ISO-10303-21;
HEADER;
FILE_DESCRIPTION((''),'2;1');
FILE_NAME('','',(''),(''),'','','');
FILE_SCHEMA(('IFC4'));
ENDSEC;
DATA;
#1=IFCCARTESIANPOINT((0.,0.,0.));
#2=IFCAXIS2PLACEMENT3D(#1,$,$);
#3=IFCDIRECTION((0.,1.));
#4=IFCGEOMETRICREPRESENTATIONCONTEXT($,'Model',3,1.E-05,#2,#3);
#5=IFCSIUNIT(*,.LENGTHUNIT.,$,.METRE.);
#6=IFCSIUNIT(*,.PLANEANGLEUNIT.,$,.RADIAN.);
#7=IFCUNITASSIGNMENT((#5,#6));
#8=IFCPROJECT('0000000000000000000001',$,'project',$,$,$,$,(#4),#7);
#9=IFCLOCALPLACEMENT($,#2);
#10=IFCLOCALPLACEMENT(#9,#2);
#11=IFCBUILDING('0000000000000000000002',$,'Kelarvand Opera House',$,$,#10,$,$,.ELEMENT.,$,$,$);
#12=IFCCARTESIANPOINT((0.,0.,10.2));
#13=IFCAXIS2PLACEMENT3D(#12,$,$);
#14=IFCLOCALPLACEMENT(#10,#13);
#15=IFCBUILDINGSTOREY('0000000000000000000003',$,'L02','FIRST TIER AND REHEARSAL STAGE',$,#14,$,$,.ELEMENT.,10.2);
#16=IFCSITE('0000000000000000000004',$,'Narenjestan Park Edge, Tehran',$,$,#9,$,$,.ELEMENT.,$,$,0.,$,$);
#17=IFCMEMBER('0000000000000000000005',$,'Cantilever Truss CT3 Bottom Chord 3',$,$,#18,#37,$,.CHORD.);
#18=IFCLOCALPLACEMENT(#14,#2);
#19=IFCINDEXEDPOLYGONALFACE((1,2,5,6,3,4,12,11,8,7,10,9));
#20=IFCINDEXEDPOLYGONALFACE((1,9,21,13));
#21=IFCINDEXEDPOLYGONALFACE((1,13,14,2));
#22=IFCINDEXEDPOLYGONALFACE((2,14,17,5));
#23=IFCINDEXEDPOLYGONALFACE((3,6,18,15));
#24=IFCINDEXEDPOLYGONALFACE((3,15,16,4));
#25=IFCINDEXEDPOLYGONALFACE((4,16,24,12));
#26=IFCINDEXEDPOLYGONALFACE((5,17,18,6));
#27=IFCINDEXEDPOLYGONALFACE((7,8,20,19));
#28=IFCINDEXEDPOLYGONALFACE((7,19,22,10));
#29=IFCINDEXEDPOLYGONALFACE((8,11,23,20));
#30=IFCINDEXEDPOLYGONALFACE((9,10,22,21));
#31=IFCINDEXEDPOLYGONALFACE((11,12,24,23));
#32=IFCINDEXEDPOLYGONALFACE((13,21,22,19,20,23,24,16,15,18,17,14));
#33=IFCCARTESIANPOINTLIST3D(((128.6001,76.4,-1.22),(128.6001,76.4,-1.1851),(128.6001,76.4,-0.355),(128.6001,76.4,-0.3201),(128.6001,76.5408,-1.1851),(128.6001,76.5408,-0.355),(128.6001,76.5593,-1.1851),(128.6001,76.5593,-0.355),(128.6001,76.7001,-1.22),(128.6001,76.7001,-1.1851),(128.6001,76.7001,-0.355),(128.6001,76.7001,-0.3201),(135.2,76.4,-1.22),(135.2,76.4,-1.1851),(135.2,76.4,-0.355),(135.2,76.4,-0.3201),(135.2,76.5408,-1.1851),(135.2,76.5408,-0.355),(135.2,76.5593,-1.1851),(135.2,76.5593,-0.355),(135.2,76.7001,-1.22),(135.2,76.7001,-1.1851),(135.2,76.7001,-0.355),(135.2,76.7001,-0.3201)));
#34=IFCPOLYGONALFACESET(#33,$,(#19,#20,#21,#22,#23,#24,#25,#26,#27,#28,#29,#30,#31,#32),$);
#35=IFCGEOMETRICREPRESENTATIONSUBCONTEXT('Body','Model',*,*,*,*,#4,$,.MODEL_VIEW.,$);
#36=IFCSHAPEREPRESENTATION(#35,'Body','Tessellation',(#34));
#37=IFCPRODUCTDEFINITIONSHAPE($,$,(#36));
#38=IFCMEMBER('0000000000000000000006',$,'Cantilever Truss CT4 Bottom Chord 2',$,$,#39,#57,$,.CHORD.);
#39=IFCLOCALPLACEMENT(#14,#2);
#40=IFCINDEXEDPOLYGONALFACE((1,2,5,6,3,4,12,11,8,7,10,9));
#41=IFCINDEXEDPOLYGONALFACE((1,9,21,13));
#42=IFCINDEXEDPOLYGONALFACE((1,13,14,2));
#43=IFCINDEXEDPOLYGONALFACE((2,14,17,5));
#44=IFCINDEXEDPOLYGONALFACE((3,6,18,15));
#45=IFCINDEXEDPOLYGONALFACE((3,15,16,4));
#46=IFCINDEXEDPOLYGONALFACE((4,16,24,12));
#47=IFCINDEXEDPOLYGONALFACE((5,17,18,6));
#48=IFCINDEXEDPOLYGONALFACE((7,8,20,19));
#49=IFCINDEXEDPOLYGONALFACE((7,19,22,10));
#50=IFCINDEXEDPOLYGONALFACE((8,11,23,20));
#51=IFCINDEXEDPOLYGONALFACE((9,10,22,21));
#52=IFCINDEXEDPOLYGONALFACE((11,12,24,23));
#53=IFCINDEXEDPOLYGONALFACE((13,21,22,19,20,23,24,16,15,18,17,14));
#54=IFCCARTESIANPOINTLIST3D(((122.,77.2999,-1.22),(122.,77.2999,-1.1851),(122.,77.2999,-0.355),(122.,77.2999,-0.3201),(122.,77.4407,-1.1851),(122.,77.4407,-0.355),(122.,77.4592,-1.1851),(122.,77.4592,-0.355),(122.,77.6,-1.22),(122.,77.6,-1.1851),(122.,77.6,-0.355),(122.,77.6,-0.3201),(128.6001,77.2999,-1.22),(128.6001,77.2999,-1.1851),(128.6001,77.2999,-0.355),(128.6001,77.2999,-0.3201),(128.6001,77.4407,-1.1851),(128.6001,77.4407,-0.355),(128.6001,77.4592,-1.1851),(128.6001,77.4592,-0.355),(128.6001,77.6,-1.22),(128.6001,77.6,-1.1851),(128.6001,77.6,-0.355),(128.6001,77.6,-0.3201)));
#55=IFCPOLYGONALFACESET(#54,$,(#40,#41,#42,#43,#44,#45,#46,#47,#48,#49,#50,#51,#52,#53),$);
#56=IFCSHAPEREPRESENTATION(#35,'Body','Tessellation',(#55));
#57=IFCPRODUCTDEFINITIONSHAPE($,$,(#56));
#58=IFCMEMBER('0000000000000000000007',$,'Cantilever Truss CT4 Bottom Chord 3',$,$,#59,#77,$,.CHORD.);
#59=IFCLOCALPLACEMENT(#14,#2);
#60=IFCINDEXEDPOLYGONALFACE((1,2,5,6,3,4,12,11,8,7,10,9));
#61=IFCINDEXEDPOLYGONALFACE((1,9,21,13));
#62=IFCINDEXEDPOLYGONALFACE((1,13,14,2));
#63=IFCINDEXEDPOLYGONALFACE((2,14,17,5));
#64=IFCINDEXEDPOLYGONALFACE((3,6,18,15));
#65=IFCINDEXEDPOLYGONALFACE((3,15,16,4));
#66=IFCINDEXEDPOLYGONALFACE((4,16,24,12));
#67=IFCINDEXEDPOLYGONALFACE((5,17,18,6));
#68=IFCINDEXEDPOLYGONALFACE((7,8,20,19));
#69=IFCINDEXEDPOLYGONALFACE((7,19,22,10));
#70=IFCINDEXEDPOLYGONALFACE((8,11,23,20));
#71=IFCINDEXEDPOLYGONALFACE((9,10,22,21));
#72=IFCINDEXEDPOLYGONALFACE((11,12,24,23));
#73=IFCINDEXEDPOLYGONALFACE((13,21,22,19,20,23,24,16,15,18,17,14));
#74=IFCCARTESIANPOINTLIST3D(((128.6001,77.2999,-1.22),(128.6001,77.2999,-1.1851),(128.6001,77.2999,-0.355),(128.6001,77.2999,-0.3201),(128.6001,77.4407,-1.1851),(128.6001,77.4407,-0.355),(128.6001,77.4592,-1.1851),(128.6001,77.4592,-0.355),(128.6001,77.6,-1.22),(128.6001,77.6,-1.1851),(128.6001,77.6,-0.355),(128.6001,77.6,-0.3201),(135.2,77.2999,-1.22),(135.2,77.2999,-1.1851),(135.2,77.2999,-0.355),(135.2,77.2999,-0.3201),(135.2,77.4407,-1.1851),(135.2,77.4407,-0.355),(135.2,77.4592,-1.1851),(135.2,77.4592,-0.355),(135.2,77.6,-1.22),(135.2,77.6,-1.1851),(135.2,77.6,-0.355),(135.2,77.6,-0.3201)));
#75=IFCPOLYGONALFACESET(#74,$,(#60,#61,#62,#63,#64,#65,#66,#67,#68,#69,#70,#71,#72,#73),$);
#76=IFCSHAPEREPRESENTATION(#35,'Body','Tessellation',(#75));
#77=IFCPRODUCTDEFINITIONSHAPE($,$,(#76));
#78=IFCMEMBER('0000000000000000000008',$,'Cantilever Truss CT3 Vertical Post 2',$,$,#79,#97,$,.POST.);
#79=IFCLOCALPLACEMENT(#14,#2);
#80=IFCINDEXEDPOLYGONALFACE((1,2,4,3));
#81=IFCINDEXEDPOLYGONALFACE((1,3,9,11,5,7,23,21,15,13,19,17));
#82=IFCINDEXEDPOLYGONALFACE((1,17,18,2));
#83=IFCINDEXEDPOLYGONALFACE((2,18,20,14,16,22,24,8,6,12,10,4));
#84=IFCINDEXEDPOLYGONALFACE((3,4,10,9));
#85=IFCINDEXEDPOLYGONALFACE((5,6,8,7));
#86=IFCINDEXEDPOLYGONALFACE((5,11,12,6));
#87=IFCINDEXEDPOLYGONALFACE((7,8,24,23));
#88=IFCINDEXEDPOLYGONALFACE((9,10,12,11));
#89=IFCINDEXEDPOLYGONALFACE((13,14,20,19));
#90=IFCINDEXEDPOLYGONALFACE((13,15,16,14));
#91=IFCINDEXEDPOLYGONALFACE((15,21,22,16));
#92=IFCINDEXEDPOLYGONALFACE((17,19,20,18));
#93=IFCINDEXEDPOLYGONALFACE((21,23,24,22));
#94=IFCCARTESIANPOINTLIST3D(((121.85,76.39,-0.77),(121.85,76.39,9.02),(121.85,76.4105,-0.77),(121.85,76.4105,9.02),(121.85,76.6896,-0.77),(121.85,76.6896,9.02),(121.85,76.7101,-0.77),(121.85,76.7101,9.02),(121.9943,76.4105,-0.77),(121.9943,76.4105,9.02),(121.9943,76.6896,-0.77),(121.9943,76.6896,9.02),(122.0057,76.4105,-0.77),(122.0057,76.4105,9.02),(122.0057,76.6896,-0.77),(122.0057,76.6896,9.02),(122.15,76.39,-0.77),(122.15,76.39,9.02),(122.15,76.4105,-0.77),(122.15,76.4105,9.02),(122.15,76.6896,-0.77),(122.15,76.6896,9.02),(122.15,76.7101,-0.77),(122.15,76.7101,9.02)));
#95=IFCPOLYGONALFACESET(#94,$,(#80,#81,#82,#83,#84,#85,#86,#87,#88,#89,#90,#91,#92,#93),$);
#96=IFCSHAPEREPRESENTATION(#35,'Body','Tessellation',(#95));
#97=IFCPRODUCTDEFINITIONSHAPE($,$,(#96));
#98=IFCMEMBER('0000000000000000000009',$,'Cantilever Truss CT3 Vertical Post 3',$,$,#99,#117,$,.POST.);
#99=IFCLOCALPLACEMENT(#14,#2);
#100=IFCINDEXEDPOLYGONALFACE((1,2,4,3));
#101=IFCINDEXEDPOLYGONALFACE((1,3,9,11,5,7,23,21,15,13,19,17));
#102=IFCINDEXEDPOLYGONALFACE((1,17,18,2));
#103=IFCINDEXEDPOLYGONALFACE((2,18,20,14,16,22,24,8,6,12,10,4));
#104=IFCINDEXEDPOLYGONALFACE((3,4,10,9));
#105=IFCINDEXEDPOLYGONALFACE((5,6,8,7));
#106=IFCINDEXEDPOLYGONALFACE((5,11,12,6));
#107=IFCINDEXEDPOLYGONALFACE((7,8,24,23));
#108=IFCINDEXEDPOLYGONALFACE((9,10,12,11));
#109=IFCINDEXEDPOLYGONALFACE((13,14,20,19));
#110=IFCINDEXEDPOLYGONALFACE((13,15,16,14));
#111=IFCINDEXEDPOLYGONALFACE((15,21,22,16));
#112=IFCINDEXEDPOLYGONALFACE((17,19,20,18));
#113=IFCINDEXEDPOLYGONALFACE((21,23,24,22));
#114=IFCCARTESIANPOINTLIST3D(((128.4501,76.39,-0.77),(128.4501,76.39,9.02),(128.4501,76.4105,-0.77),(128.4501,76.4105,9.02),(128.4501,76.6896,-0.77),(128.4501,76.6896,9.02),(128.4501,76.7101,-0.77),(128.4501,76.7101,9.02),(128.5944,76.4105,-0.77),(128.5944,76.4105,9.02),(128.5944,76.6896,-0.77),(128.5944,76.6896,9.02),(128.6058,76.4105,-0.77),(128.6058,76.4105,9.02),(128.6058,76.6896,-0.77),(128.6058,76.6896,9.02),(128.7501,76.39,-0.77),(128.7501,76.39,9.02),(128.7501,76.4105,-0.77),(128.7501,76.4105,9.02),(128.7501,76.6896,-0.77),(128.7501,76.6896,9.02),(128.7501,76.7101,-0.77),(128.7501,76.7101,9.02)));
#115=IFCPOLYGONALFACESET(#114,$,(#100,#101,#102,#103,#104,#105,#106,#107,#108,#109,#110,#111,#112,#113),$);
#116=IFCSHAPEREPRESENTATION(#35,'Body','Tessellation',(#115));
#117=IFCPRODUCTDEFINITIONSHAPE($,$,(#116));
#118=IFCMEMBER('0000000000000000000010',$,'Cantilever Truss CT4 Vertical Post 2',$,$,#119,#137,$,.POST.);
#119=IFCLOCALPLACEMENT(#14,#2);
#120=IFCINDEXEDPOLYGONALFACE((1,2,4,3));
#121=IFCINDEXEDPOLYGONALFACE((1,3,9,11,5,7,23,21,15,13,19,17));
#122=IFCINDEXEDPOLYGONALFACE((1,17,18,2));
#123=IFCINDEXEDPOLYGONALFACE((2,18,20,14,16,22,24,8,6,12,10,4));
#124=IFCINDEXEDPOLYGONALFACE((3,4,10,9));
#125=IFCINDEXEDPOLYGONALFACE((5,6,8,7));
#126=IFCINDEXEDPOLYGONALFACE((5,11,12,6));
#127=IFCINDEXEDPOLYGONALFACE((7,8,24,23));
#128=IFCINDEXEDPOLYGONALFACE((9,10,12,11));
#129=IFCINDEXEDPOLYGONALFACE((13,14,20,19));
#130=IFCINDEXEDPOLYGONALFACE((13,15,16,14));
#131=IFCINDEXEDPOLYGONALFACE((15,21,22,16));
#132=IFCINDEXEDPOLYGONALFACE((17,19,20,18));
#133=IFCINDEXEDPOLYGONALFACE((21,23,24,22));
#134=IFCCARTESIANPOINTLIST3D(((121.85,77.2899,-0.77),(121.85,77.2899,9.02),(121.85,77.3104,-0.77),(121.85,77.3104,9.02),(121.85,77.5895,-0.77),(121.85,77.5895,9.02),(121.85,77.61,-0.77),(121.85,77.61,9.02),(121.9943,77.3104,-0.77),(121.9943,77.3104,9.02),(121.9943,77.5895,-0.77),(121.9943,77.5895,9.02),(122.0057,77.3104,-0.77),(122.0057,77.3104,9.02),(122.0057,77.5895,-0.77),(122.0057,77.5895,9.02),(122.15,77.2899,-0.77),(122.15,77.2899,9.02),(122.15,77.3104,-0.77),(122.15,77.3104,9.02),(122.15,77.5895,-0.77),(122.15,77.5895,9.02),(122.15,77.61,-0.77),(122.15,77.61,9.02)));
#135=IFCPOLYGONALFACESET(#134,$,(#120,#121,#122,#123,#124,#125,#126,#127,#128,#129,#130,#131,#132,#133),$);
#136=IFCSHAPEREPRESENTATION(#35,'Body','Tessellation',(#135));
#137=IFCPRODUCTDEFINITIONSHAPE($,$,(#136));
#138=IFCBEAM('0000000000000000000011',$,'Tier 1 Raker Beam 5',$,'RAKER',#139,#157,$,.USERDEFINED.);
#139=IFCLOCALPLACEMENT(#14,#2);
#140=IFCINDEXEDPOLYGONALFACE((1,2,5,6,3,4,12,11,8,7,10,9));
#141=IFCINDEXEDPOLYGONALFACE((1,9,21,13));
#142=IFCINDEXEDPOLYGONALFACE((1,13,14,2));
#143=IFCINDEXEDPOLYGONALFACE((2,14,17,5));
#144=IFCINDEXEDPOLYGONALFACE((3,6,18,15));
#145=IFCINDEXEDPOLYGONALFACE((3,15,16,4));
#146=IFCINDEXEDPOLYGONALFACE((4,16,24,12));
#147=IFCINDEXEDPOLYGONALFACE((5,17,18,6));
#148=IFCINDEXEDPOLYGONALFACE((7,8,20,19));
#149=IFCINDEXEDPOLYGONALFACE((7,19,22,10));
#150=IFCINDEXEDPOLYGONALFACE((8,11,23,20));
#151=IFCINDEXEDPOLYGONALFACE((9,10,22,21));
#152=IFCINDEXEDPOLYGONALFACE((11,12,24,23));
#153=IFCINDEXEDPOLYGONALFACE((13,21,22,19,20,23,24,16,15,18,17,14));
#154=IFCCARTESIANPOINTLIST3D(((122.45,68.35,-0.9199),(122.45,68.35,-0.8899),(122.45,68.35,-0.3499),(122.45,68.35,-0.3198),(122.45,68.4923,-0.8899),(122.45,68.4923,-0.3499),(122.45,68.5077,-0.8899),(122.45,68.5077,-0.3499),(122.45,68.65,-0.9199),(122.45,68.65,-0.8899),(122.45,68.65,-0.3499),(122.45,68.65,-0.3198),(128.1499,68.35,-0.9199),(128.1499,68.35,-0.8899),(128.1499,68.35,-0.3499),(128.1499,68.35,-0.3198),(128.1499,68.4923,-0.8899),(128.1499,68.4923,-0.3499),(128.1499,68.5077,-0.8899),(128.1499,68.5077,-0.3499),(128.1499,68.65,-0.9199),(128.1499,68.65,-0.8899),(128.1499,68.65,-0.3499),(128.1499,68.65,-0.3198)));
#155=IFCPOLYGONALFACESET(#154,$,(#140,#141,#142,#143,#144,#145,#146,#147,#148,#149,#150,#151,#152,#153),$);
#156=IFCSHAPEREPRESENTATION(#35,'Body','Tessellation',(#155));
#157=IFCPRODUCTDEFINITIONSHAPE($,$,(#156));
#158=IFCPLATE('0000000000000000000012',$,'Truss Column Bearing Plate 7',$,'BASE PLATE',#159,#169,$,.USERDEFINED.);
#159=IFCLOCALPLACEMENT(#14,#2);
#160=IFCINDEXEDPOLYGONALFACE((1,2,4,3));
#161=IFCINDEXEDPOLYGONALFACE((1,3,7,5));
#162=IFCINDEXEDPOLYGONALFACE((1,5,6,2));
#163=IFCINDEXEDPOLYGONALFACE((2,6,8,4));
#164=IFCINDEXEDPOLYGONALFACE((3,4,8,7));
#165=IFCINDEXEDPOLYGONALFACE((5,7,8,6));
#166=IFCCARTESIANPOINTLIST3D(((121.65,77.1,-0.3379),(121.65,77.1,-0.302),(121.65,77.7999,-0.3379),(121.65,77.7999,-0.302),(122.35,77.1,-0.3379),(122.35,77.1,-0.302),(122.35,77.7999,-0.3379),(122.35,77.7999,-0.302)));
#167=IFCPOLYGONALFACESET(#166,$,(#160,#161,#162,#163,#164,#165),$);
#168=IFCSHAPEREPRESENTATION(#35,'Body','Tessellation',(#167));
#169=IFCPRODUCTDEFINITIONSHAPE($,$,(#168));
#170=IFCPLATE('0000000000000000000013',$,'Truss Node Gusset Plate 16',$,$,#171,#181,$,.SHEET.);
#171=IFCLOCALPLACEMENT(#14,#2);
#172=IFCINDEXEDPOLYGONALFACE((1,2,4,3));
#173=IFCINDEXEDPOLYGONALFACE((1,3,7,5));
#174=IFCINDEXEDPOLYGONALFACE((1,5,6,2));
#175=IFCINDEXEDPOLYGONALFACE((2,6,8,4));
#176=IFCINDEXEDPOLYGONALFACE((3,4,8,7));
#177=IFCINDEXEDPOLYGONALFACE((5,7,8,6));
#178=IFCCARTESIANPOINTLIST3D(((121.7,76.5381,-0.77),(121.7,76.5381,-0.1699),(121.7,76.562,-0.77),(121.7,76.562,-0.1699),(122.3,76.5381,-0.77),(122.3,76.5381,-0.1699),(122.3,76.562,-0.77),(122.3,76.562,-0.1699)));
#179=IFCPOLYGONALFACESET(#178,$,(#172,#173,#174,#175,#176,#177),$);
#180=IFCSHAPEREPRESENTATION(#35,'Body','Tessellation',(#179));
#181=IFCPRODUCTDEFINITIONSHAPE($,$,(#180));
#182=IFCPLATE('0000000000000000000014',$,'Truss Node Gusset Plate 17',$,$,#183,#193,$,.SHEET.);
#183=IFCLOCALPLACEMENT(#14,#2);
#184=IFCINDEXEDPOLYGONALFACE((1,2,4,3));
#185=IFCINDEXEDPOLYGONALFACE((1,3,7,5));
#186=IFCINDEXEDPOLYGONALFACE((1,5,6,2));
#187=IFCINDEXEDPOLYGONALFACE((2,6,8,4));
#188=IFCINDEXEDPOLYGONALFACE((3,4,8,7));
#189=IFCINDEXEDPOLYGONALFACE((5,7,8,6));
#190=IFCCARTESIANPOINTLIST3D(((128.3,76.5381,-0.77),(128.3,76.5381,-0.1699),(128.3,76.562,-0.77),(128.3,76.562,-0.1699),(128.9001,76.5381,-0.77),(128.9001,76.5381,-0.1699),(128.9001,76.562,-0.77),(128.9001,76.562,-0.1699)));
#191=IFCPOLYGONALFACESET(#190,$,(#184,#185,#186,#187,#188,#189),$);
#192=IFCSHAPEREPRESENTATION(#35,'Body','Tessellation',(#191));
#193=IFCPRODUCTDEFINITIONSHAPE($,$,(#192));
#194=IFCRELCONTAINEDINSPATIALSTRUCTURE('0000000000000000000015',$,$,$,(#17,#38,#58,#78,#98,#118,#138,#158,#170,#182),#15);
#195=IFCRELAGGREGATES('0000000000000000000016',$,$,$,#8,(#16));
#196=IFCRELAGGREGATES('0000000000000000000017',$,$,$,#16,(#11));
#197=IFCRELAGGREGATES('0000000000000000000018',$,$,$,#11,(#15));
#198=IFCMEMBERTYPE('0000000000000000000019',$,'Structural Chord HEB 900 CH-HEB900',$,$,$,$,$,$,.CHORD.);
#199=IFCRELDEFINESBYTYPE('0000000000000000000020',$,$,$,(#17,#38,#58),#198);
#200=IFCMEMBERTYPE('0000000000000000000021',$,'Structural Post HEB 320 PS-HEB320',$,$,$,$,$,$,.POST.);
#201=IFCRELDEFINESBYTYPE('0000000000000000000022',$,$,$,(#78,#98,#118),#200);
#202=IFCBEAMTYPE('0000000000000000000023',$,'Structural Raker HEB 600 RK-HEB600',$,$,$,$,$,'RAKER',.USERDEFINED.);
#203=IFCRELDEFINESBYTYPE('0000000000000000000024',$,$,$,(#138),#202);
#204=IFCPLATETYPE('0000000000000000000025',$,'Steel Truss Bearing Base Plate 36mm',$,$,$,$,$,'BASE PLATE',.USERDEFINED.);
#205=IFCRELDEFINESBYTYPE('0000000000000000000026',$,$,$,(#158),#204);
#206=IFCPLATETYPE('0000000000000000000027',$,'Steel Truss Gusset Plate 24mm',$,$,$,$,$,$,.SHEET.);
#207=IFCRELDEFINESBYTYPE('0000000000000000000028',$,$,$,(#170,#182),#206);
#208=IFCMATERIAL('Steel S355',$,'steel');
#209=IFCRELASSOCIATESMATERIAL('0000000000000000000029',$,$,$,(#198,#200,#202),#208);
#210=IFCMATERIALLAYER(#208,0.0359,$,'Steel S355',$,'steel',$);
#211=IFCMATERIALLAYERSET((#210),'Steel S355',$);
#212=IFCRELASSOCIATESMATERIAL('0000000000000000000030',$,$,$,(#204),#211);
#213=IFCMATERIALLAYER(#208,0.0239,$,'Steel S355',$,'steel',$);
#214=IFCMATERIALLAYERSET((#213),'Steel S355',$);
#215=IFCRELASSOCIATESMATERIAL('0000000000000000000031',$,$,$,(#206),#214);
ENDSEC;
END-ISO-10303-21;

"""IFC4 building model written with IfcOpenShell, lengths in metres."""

from ifc_helpers import new_model, si_unit, direction, frame, origin, origin_2d, place, context, subcontext, project, spatial, rectangle, i_section, extrude, material, layer, layer_set, material_profile, profile_set, type_object, element, save


model = new_model("IFC4")

# Units and contexts
model_context = context("Model", 3, precision=1e-05, world=origin(), true_north=direction((0.0, 1.0)))
body_context = subcontext(model_context, "Body", "Model", "MODEL_VIEW")
ifc_project = project(units=[si_unit("LENGTHUNIT", "METRE"), si_unit("PLANEANGLEUNIT", "RADIAN")], contexts=[model_context])

# Site, building, storey
site_placement = place(None, origin())
site = spatial("IfcSite", under=ifc_project, at=site_placement, Name="Narenjestan Park Edge, Tehran", CompositionType="ELEMENT", RefElevation=0.0)
building_placement = place(site_placement, origin())
building = spatial("IfcBuilding", under=site, at=building_placement, Name="Kelarvand Opera House", CompositionType="ELEMENT")
storey_placement = place(building_placement, frame((0.0, 0.0, 10.2)))
storey = spatial("IfcBuildingStorey", under=building, at=storey_placement, Name="L02", Description="FIRST TIER AND REHEARSAL STAGE", CompositionType="ELEMENT", Elevation=10.2)

# Members
ifc_material = material(Name="Steel S355", Category="steel")
ifc_material_profile_1 = material_profile(ifc_material, i_section(OverallWidth=0.3, OverallDepth=0.8999, WebThickness=0.0186, FlangeThickness=0.0349, at=origin_2d()), Name="HEB 900", Category="steel")
ifc_profile_set_1 = profile_set([ifc_material_profile_1], Name="Steel S355")
member_type_1 = type_object("IfcMemberType", Name="Structural Chord HEB 900 CH-HEB900", PredefinedType="CHORD", material=ifc_profile_set_1)
member_1_placement = place(storey_placement, frame((128.6001, 76.55, -0.77), z_axis=(1.0, 0.0, 0.0), x_axis=(0.0, 1.0, 0.0)))
element("IfcMember", 1, at=member_1_placement, inside=storey, type_object=member_type_1, Name="Cantilever Truss CT3 Bottom Chord 3", PredefinedType="CHORD", context=body_context, shape_type="SweptSolid", body=[
    extrude(i_section(OverallWidth=0.3, OverallDepth=0.8999, WebThickness=0.0186, FlangeThickness=0.0349, at=origin_2d()), origin(), (0.0, 0.0, 1.0), 6.5999),
])
member_2_placement = place(storey_placement, frame((122.0, 77.45, -0.77), z_axis=(1.0, 0.0, 0.0), x_axis=(0.0, 1.0, 0.0)))
element("IfcMember", 2, at=member_2_placement, inside=storey, type_object=member_type_1, Name="Cantilever Truss CT4 Bottom Chord 2", PredefinedType="CHORD", context=body_context, shape_type="SweptSolid", body=[
    extrude(i_section(OverallWidth=0.3, OverallDepth=0.8999, WebThickness=0.0186, FlangeThickness=0.0349, at=origin_2d()), origin(), (0.0, 0.0, 1.0), 6.6001),
])
member_3_placement = place(storey_placement, frame((128.6001, 77.45, -0.77), z_axis=(1.0, 0.0, 0.0), x_axis=(0.0, 1.0, 0.0)))
element("IfcMember", 3, at=member_3_placement, inside=storey, type_object=member_type_1, Name="Cantilever Truss CT4 Bottom Chord 3", PredefinedType="CHORD", context=body_context, shape_type="SweptSolid", body=[
    extrude(i_section(OverallWidth=0.3, OverallDepth=0.8999, WebThickness=0.0186, FlangeThickness=0.0349, at=origin_2d()), origin(), (0.0, 0.0, 1.0), 6.5999),
])
ifc_material_profile_2 = material_profile(ifc_material, i_section(OverallWidth=0.3, OverallDepth=0.3201, WebThickness=0.0115, FlangeThickness=0.0205, at=origin_2d()), Name="HEB 320", Category="steel")
ifc_profile_set_2 = profile_set([ifc_material_profile_2], Name="Steel S355")
member_type_2 = type_object("IfcMemberType", Name="Structural Post HEB 320 PS-HEB320", PredefinedType="POST", material=ifc_profile_set_2)
for number, where, z_axis, x_axis, name in (
    (4, (122.0, 76.55, -0.77), (0.0, 0.0, 1.0), (1.0, 0.0, 0.0), "Cantilever Truss CT3 Vertical Post 2"),
    (5, (128.6001, 76.55, -0.77), (0.0, 0.0, 1.0), (1.0, 0.0, 0.0), "Cantilever Truss CT3 Vertical Post 3"),
    (6, (122.0, 77.45, -0.77), (0.0, 0.0, 1.0), (1.0, 0.0, 0.0), "Cantilever Truss CT4 Vertical Post 2"),
):
    element("IfcMember", number, at=place(storey_placement, frame(where, z_axis=z_axis, x_axis=x_axis)), inside=storey, type_object=member_type_2, Name=name, PredefinedType="POST", context=body_context, shape_type="SweptSolid", body=[
        extrude(i_section(OverallWidth=0.3, OverallDepth=0.3201, WebThickness=0.0115, FlangeThickness=0.0205, at=origin_2d()), origin(), (0.0, 0.0, 1.0), 9.79),
    ])

# Beam
ifc_material_profile_3 = material_profile(ifc_material, i_section(OverallWidth=0.3, OverallDepth=0.6001, WebThickness=0.0154, FlangeThickness=0.03, at=origin_2d()), Name="HEB 600", Category="steel")
ifc_profile_set_3 = profile_set([ifc_material_profile_3], Name="Steel S355")
beam_type = type_object("IfcBeamType", Name="Structural Raker HEB 600 RK-HEB600", ElementType="RAKER", PredefinedType="USERDEFINED", material=ifc_profile_set_3)
beam_placement = place(storey_placement, frame((122.45, 68.5, -0.6199), z_axis=(1.0, 0.0, 0.0), x_axis=(0.0, 1.0, 0.0)))
element("IfcBeam", 7, at=beam_placement, inside=storey, type_object=beam_type, Name="Tier 1 Raker Beam 5", ObjectType="RAKER", PredefinedType="USERDEFINED", context=body_context, shape_type="SweptSolid", body=[
    extrude(i_section(OverallWidth=0.3, OverallDepth=0.6001, WebThickness=0.0154, FlangeThickness=0.03, at=origin_2d()), origin(), (0.0, 0.0, 1.0), 5.7),
])

# Plates
ifc_layer_1 = layer(ifc_material, 0.0359, Name="Steel S355", Category="steel")
ifc_layer_set_1 = layer_set([ifc_layer_1], Name="Steel S355")
plate_type_1 = type_object("IfcPlateType", Name="Steel Truss Bearing Base Plate 36mm", ElementType="BASE PLATE", PredefinedType="USERDEFINED", material=ifc_layer_set_1)
plate_placement = place(storey_placement, frame((122.0, 77.45, -0.3379), z_axis=(0.0, 0.0, 1.0), x_axis=(1.0, 0.0, 0.0)))
element("IfcPlate", 8, at=plate_placement, inside=storey, type_object=plate_type_1, Name="Truss Column Bearing Plate 7", ObjectType="BASE PLATE", PredefinedType="USERDEFINED", context=body_context, shape_type="SweptSolid", body=[
    extrude(rectangle(XDim=0.7, YDim=0.7, at=origin_2d()), origin(), (0.0, 0.0, 1.0), 0.0359),
])
ifc_layer_2 = layer(ifc_material, 0.0239, Name="Steel S355", Category="steel")
ifc_layer_set_2 = layer_set([ifc_layer_2], Name="Steel S355")
plate_type_2 = type_object("IfcPlateType", Name="Steel Truss Gusset Plate 24mm", PredefinedType="SHEET", material=ifc_layer_set_2)
for number, where, z_axis, x_axis, name in (
    (9, (122.0, 76.55, -0.77), (0.0, 0.0, 1.0), (1.0, 0.0, 0.0), "Truss Node Gusset Plate 16"),
    (10, (128.6001, 76.55, -0.77), (0.0, 0.0, 1.0), (1.0, 0.0, 0.0), "Truss Node Gusset Plate 17"),
):
    element("IfcPlate", number, at=place(storey_placement, frame(where, z_axis=z_axis, x_axis=x_axis)), inside=storey, type_object=plate_type_2, Name=name, PredefinedType="SHEET", context=body_context, shape_type="SweptSolid", body=[
        extrude(rectangle(XDim=0.6001, YDim=0.0239, at=origin_2d()), origin(), (0.0, 0.0, 1.0), 0.6001),
    ])

save(model, "model.ifc")
